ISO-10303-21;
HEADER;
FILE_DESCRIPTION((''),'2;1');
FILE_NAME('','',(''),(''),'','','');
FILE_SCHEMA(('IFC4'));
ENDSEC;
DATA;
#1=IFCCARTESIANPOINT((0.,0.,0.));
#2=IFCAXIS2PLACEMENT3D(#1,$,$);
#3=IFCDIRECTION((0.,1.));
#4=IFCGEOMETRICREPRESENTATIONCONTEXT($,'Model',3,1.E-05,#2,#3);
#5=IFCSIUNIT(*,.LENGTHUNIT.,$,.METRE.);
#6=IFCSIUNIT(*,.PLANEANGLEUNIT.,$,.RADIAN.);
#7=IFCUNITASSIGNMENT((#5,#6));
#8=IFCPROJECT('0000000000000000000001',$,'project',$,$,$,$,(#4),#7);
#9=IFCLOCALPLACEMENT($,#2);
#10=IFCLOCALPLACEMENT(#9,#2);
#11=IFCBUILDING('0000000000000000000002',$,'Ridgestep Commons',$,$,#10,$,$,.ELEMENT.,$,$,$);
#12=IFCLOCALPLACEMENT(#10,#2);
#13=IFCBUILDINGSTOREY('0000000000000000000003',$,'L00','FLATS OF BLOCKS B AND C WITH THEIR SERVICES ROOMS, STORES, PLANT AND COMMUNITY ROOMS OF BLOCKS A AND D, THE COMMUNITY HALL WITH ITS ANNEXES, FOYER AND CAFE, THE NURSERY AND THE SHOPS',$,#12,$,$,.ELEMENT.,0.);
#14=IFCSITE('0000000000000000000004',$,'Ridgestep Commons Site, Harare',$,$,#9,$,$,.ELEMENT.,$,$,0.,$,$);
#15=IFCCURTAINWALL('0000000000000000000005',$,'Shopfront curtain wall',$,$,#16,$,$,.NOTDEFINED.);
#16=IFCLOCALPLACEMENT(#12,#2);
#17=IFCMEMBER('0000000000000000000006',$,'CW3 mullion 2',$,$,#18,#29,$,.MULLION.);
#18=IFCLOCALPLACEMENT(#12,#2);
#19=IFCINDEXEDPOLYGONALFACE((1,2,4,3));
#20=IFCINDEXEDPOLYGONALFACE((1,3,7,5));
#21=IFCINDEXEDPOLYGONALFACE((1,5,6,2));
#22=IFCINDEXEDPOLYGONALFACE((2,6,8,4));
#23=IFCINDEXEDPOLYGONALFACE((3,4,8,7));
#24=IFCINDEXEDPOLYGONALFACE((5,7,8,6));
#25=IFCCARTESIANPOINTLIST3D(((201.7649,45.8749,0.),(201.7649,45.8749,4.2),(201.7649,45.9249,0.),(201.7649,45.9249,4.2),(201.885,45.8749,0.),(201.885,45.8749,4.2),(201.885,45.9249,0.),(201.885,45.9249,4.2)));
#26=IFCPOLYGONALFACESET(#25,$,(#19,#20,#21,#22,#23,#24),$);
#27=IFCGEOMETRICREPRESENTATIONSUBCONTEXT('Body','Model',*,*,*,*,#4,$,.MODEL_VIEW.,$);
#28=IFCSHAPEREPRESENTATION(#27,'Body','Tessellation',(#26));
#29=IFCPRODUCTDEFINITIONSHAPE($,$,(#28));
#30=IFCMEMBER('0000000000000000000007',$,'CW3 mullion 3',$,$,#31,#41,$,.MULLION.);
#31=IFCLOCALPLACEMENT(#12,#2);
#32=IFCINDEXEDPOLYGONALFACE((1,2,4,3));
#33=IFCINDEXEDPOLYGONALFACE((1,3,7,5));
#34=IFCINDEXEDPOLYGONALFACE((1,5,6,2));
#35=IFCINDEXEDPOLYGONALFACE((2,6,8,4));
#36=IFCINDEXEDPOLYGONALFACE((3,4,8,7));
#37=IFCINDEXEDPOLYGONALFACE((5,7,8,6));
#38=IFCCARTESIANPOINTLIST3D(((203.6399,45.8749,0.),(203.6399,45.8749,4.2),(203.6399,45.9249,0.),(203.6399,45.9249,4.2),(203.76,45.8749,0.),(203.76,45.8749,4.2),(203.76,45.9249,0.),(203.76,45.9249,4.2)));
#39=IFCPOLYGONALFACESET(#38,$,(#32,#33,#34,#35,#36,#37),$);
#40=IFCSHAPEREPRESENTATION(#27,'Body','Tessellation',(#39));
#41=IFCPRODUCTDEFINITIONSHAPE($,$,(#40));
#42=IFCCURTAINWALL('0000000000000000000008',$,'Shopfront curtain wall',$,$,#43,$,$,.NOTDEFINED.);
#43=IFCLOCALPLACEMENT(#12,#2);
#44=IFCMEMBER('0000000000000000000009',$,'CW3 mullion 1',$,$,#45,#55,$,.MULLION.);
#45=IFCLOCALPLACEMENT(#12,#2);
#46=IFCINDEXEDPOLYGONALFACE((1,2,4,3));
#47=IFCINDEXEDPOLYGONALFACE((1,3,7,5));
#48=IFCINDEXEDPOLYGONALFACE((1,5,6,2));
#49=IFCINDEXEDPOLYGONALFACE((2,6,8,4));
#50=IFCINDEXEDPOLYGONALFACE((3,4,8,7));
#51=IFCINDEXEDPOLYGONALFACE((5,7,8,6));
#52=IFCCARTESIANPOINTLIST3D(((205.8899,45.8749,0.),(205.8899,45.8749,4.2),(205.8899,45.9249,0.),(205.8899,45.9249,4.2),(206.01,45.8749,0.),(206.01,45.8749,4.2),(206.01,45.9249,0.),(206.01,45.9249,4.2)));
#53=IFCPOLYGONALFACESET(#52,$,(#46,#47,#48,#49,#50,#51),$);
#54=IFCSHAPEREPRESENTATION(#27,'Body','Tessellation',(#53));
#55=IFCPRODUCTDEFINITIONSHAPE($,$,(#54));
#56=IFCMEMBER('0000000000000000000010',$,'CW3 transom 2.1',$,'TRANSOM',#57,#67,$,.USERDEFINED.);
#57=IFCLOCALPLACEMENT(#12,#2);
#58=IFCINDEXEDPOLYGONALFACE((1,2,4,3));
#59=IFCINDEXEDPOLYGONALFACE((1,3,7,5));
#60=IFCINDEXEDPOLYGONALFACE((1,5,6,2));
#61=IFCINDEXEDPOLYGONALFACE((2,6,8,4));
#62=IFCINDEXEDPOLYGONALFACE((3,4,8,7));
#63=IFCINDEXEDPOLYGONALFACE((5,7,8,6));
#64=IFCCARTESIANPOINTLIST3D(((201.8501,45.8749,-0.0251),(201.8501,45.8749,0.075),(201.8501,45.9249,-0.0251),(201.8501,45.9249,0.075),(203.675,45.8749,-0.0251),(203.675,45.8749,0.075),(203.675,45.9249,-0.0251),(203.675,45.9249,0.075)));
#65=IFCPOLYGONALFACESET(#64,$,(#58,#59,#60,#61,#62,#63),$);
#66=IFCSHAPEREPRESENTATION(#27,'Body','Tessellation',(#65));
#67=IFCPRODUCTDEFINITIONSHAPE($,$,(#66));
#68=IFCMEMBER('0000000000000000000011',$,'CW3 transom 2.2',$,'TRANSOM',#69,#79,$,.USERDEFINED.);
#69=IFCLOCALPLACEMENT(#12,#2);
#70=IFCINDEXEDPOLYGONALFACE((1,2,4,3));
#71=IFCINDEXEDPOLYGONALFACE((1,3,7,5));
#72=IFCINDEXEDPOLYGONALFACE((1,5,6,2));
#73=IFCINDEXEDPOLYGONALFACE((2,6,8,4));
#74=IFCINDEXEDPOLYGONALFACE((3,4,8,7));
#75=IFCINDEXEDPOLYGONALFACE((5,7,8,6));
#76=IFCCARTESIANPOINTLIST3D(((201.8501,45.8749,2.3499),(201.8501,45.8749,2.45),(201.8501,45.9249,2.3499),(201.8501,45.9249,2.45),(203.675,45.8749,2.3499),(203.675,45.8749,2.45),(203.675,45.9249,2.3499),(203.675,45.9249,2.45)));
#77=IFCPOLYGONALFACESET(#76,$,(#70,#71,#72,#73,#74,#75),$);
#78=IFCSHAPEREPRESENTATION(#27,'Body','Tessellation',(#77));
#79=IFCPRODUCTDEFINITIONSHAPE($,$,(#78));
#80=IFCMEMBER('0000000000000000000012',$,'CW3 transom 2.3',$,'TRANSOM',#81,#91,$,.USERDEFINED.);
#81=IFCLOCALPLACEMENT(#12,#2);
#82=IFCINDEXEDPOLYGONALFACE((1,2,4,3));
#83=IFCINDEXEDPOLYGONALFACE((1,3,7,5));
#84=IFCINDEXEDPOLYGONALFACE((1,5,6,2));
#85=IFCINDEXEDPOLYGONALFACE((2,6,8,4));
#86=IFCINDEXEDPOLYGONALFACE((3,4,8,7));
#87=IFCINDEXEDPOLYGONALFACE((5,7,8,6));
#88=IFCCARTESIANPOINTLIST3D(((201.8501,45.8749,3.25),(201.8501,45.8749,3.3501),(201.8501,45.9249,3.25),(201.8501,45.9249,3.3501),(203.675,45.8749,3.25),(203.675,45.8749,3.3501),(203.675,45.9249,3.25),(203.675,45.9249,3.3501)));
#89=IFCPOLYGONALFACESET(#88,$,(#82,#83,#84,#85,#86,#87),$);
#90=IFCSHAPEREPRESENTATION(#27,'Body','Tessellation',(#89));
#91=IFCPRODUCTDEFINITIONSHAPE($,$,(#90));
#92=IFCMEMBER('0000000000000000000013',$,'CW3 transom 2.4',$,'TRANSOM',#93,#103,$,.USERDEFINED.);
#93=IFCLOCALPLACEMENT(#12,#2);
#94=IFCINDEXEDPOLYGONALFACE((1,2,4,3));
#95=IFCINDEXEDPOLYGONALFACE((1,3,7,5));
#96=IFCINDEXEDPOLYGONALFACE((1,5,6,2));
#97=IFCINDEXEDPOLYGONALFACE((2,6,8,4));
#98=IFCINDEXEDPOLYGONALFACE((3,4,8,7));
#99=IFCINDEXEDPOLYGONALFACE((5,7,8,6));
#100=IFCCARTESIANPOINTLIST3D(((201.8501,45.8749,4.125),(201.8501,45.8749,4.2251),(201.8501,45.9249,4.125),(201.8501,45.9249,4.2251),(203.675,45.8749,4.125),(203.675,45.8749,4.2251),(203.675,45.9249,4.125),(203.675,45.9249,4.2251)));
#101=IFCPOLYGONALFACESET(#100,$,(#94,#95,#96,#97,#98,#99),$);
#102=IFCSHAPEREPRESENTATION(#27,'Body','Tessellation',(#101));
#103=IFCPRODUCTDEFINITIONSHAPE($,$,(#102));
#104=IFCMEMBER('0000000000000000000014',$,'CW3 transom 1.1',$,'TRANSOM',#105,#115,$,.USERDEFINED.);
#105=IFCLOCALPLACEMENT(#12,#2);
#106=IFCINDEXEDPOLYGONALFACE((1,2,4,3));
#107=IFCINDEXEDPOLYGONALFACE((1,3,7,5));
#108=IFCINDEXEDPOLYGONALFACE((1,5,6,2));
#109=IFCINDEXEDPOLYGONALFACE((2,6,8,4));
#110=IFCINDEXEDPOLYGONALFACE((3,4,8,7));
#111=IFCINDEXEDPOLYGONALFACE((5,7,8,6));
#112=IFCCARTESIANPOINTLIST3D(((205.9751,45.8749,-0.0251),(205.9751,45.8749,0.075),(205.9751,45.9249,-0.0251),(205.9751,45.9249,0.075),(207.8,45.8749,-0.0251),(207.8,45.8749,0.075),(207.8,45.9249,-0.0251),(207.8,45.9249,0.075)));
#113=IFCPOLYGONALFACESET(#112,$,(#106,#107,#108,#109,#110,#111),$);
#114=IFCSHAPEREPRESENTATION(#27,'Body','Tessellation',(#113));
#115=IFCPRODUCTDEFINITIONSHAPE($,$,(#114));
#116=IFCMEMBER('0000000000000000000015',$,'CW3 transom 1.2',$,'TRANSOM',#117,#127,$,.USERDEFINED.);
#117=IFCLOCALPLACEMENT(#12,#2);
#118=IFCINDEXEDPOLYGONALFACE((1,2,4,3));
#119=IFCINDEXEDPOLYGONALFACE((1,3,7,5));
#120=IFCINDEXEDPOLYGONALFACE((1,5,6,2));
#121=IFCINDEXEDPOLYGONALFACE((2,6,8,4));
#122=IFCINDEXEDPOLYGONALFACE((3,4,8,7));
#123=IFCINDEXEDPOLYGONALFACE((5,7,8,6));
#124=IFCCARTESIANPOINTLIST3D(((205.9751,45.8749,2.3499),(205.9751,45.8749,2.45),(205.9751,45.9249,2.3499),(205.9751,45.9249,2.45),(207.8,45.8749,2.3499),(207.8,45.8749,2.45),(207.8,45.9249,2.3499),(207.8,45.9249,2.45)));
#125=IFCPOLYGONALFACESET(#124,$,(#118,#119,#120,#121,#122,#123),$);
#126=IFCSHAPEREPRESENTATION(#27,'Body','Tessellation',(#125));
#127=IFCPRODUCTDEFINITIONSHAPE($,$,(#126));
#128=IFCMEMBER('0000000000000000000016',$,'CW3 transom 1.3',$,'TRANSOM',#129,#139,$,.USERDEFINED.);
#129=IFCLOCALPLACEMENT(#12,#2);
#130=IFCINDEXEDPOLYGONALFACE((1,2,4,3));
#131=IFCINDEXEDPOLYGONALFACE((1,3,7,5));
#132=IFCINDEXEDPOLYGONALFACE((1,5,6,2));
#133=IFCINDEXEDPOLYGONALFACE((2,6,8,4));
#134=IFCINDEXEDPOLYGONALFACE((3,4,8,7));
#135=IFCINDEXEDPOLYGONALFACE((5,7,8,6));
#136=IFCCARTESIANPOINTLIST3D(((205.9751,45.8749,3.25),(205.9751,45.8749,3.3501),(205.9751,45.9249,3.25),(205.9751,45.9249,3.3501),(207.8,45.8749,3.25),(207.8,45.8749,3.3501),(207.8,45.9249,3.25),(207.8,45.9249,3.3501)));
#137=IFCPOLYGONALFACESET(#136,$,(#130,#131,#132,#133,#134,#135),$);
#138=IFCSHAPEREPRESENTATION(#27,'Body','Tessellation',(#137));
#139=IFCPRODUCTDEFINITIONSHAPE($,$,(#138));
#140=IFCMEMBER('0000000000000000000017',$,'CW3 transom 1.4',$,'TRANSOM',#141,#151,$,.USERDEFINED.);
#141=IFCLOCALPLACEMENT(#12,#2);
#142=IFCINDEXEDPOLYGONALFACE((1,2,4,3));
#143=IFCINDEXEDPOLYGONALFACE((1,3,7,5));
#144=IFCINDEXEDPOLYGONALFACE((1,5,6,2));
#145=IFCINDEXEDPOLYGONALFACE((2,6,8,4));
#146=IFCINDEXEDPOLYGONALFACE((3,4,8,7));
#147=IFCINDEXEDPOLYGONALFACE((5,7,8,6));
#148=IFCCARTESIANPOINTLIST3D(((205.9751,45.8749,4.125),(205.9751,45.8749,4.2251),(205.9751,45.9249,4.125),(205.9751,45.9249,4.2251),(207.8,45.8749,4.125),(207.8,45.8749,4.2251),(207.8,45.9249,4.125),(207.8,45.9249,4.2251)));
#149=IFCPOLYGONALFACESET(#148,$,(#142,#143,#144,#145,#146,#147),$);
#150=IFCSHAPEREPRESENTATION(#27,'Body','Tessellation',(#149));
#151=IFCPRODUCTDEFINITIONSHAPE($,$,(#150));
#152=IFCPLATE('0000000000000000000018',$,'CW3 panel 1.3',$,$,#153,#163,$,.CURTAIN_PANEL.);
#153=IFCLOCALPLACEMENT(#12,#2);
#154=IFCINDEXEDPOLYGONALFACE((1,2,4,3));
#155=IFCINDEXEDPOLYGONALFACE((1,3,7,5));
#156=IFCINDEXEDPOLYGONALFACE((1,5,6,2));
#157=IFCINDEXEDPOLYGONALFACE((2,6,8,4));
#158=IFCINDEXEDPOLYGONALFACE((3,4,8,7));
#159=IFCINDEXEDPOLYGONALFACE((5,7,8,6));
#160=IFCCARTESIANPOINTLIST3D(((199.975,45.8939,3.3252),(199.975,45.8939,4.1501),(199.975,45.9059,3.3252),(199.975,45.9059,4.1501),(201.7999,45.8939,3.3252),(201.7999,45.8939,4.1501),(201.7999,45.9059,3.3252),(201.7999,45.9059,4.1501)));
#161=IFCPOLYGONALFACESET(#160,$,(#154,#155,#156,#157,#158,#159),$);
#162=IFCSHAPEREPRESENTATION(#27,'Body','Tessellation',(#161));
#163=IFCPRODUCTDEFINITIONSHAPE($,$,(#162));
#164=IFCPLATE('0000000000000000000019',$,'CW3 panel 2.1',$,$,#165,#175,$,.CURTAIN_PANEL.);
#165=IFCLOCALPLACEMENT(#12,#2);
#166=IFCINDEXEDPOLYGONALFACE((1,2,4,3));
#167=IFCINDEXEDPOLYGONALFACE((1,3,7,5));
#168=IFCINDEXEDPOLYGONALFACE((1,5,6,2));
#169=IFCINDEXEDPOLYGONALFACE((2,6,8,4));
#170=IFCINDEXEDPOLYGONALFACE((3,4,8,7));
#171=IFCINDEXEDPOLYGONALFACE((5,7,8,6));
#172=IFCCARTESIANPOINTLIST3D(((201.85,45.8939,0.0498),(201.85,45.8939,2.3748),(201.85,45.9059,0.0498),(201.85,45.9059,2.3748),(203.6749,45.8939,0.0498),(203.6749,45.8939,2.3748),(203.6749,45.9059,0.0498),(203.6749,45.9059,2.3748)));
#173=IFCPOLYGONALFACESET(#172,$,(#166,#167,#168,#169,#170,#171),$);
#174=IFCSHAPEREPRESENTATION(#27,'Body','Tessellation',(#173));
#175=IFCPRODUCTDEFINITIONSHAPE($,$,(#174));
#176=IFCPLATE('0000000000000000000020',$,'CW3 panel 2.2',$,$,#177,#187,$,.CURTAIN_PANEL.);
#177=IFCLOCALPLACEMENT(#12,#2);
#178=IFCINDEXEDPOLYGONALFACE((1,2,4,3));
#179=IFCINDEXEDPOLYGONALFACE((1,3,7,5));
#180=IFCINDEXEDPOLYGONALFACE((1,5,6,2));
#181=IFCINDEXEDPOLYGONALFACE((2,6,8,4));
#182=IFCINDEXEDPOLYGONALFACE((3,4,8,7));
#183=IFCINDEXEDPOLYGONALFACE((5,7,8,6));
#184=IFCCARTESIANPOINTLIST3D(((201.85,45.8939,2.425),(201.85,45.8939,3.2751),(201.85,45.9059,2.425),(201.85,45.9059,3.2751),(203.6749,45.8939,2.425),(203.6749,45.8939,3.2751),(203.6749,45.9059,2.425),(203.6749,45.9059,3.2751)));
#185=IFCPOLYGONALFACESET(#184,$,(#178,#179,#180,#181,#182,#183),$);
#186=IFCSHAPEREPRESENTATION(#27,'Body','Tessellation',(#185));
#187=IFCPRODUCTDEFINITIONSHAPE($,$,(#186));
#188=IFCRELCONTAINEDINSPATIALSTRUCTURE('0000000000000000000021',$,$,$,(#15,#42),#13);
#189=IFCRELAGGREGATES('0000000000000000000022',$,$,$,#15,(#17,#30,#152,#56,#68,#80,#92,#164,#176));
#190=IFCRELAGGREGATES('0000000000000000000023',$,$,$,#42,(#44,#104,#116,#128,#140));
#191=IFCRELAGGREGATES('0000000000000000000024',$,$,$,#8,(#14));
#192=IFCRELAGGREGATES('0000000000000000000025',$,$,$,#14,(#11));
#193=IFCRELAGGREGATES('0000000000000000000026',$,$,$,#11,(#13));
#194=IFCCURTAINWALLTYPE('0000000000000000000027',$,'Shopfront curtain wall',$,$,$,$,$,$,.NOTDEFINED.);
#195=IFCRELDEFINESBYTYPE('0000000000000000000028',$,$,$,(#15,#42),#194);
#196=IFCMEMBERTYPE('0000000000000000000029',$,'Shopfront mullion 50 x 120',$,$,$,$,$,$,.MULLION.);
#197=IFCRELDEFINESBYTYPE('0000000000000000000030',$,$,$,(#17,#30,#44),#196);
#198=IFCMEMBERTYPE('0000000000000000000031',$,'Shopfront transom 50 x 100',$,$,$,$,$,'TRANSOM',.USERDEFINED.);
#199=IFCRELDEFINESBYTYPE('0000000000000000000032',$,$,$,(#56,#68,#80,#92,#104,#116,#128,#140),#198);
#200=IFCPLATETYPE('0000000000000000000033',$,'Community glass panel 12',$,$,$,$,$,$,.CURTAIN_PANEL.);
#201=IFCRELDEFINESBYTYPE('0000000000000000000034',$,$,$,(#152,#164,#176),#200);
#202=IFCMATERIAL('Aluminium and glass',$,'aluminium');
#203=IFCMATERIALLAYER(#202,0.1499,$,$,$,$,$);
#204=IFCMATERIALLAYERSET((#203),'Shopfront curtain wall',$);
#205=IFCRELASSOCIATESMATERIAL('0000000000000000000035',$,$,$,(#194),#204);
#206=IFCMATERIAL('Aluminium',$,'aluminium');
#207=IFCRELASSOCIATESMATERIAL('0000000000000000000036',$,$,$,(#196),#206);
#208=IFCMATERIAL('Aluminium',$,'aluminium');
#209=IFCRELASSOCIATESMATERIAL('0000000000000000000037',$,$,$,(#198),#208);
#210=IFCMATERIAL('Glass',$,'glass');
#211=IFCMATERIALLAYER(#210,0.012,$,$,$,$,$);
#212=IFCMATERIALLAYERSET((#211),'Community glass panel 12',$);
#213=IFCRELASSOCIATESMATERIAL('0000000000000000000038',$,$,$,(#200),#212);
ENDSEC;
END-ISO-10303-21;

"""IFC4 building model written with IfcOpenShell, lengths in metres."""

from ifc_helpers import new_model, si_unit, direction, frame, origin, origin_2d, place, context, subcontext, project, spatial, rectangle, extrude, material, layer, layer_set, material_profile, profile_set, type_object, element, aggregate, save


model = new_model("IFC4")

# Units and contexts
model_context = context("Model", 3, precision=1e-05, world=origin(), true_north=direction((0.0, 1.0)))
body_context = subcontext(model_context, "Body", "Model", "MODEL_VIEW")
ifc_project = project(units=[si_unit("LENGTHUNIT", "METRE"), si_unit("PLANEANGLEUNIT", "RADIAN")], contexts=[model_context])

# Site, building, storey
site_placement = place(None, origin())
site = spatial("IfcSite", under=ifc_project, at=site_placement, Name="Ridgestep Commons Site, Harare", CompositionType="ELEMENT", RefElevation=0.0)
building_placement = place(site_placement, origin())
building = spatial("IfcBuilding", under=site, at=building_placement, Name="Ridgestep Commons", CompositionType="ELEMENT")
storey_placement = place(building_placement, origin())
storey = spatial("IfcBuildingStorey", under=building, at=storey_placement, Name="L00", Description="FLATS OF BLOCKS B AND C WITH THEIR SERVICES ROOMS, STORES, PLANT AND COMMUNITY ROOMS OF BLOCKS A AND D, THE COMMUNITY HALL WITH ITS ANNEXES, FOYER AND CAFE, THE NURSERY AND THE SHOPS", CompositionType="ELEMENT", Elevation=0.0)

# Curtain wall, members
ifc_material_1 = material(Name="Aluminium and glass", Category="aluminium")
ifc_layer_1 = layer(ifc_material_1, 0.1499)
ifc_layer_set_1 = layer_set([ifc_layer_1], Name="Shopfront curtain wall")
curtain_wall_type = type_object("IfcCurtainWallType", Name="Shopfront curtain wall", PredefinedType="NOTDEFINED", material=ifc_layer_set_1)
curtain_wall_1_placement = place(storey_placement, origin())
curtain_wall_1 = element("IfcCurtainWall", 1, at=curtain_wall_1_placement, inside=storey, type_object=curtain_wall_type, Name="Shopfront curtain wall", PredefinedType="NOTDEFINED")
ifc_material_2 = material(Name="Aluminium", Category="aluminium")
ifc_material_profile_1 = material_profile(ifc_material_2, rectangle(XDim=0.05, YDim=0.1201, at=origin_2d()), Name="Shopfront mullion 50 x 120")
ifc_profile_set_1 = profile_set([ifc_material_profile_1], Name="Aluminium")
member_type_1 = type_object("IfcMemberType", Name="Shopfront mullion 50 x 120", PredefinedType="MULLION", material=ifc_profile_set_1)
member_1_placement = place(storey_placement, frame((201.825, 45.8999, 0.0), z_axis=(0.0, 0.0, 1.0), x_axis=(0.0, 1.0, 0.0)))
member_1 = element("IfcMember", 2, at=member_1_placement, type_object=member_type_1, Name="CW3 mullion 2", PredefinedType="MULLION", context=body_context, shape_type="SweptSolid", body=[
    extrude(rectangle(XDim=0.05, YDim=0.1201, at=origin_2d()), origin(), (0.0, 0.0, 1.0), 4.2),
])
member_2_placement = place(storey_placement, frame((203.7, 45.8999, 0.0), z_axis=(0.0, 0.0, 1.0), x_axis=(0.0, 1.0, 0.0)))
member_2 = element("IfcMember", 3, at=member_2_placement, type_object=member_type_1, Name="CW3 mullion 3", PredefinedType="MULLION", context=body_context, shape_type="SweptSolid", body=[
    extrude(rectangle(XDim=0.05, YDim=0.1201, at=origin_2d()), origin(), (0.0, 0.0, 1.0), 4.2),
])

# Curtain wall, member
curtain_wall_2_placement = place(storey_placement, origin())
curtain_wall_2 = element("IfcCurtainWall", 4, at=curtain_wall_2_placement, inside=storey, type_object=curtain_wall_type, Name="Shopfront curtain wall", PredefinedType="NOTDEFINED")
member_3_placement = place(storey_placement, frame((205.95, 45.8999, 0.0), z_axis=(0.0, 0.0, 1.0), x_axis=(0.0, 1.0, 0.0)))
member_3 = element("IfcMember", 5, at=member_3_placement, type_object=member_type_1, Name="CW3 mullion 1", PredefinedType="MULLION", context=body_context, shape_type="SweptSolid", body=[
    extrude(rectangle(XDim=0.05, YDim=0.1201, at=origin_2d()), origin(), (0.0, 0.0, 1.0), 4.2),
])

# Members
ifc_material_3 = material(Name="Aluminium", Category="aluminium")
ifc_material_profile_2 = material_profile(ifc_material_3, rectangle(XDim=0.05, YDim=0.1001, at=origin_2d()), Name="Shopfront transom 50 x 100")
ifc_profile_set_2 = profile_set([ifc_material_profile_2], Name="Aluminium")
member_type_2 = type_object("IfcMemberType", Name="Shopfront transom 50 x 100", ElementType="TRANSOM", PredefinedType="USERDEFINED", material=ifc_profile_set_2)
member_4_placement = place(storey_placement, frame((201.8501, 45.8999, 0.0249), z_axis=(1.0, 0.0, 0.0), x_axis=(0.0, 1.0, 0.0)))
member_4 = element("IfcMember", 6, at=member_4_placement, type_object=member_type_2, Name="CW3 transom 2.1", ObjectType="TRANSOM", PredefinedType="USERDEFINED", context=body_context, shape_type="SweptSolid", body=[
    extrude(rectangle(XDim=0.05, YDim=0.1001, at=origin_2d()), origin(), (0.0, 0.0, 1.0), 1.825),
])
member_5_placement = place(storey_placement, frame((201.8501, 45.8999, 2.3999), z_axis=(1.0, 0.0, 0.0), x_axis=(0.0, 1.0, 0.0)))
member_5 = element("IfcMember", 7, at=member_5_placement, type_object=member_type_2, Name="CW3 transom 2.2", ObjectType="TRANSOM", PredefinedType="USERDEFINED", context=body_context, shape_type="SweptSolid", body=[
    extrude(rectangle(XDim=0.05, YDim=0.1001, at=origin_2d()), origin(), (0.0, 0.0, 1.0), 1.825),
])
member_6_placement = place(storey_placement, frame((201.8501, 45.8999, 3.3), z_axis=(1.0, 0.0, 0.0), x_axis=(0.0, 1.0, 0.0)))
member_6 = element("IfcMember", 8, at=member_6_placement, type_object=member_type_2, Name="CW3 transom 2.3", ObjectType="TRANSOM", PredefinedType="USERDEFINED", context=body_context, shape_type="SweptSolid", body=[
    extrude(rectangle(XDim=0.05, YDim=0.1001, at=origin_2d()), origin(), (0.0, 0.0, 1.0), 1.825),
])
member_7_placement = place(storey_placement, frame((201.8501, 45.8999, 4.175), z_axis=(1.0, 0.0, 0.0), x_axis=(0.0, 1.0, 0.0)))
member_7 = element("IfcMember", 9, at=member_7_placement, type_object=member_type_2, Name="CW3 transom 2.4", ObjectType="TRANSOM", PredefinedType="USERDEFINED", context=body_context, shape_type="SweptSolid", body=[
    extrude(rectangle(XDim=0.05, YDim=0.1001, at=origin_2d()), origin(), (0.0, 0.0, 1.0), 1.825),
])
member_8_placement = place(storey_placement, frame((205.9751, 45.8999, 0.0249), z_axis=(1.0, 0.0, 0.0), x_axis=(0.0, 1.0, 0.0)))
member_8 = element("IfcMember", 10, at=member_8_placement, type_object=member_type_2, Name="CW3 transom 1.1", ObjectType="TRANSOM", PredefinedType="USERDEFINED", context=body_context, shape_type="SweptSolid", body=[
    extrude(rectangle(XDim=0.05, YDim=0.1001, at=origin_2d()), origin(), (0.0, 0.0, 1.0), 1.825),
])
member_9_placement = place(storey_placement, frame((205.9751, 45.8999, 2.3999), z_axis=(1.0, 0.0, 0.0), x_axis=(0.0, 1.0, 0.0)))
member_9 = element("IfcMember", 11, at=member_9_placement, type_object=member_type_2, Name="CW3 transom 1.2", ObjectType="TRANSOM", PredefinedType="USERDEFINED", context=body_context, shape_type="SweptSolid", body=[
    extrude(rectangle(XDim=0.05, YDim=0.1001, at=origin_2d()), origin(), (0.0, 0.0, 1.0), 1.825),
])
member_10_placement = place(storey_placement, frame((205.9751, 45.8999, 3.3), z_axis=(1.0, 0.0, 0.0), x_axis=(0.0, 1.0, 0.0)))
member_10 = element("IfcMember", 12, at=member_10_placement, type_object=member_type_2, Name="CW3 transom 1.3", ObjectType="TRANSOM", PredefinedType="USERDEFINED", context=body_context, shape_type="SweptSolid", body=[
    extrude(rectangle(XDim=0.05, YDim=0.1001, at=origin_2d()), origin(), (0.0, 0.0, 1.0), 1.825),
])
member_11_placement = place(storey_placement, frame((205.9751, 45.8999, 4.175), z_axis=(1.0, 0.0, 0.0), x_axis=(0.0, 1.0, 0.0)))
member_11 = element("IfcMember", 13, at=member_11_placement, type_object=member_type_2, Name="CW3 transom 1.4", ObjectType="TRANSOM", PredefinedType="USERDEFINED", context=body_context, shape_type="SweptSolid", body=[
    extrude(rectangle(XDim=0.05, YDim=0.1001, at=origin_2d()), origin(), (0.0, 0.0, 1.0), 1.825),
])

# Plates
ifc_material_4 = material(Name="Glass", Category="glass")
ifc_layer_2 = layer(ifc_material_4, 0.012)
ifc_layer_set_2 = layer_set([ifc_layer_2], Name="Community glass panel 12")
plate_type = type_object("IfcPlateType", Name="Community glass panel 12", PredefinedType="CURTAIN_PANEL", material=ifc_layer_set_2)
plate_1_placement = place(storey_placement, frame((200.8875, 45.8999, 3.3252), z_axis=(0.0, 0.0, 1.0), x_axis=(1.0, 0.0, 0.0)))
plate_1 = element("IfcPlate", 14, at=plate_1_placement, type_object=plate_type, Name="CW3 panel 1.3", PredefinedType="CURTAIN_PANEL", context=body_context, shape_type="SweptSolid", body=[
    extrude(rectangle(XDim=1.825, YDim=0.012, at=origin_2d()), origin(), (0.0, 0.0, 1.0), 0.825),
])
plate_2_placement = place(storey_placement, frame((202.7625, 45.8999, 0.0498), z_axis=(0.0, 0.0, 1.0), x_axis=(1.0, 0.0, 0.0)))
plate_2 = element("IfcPlate", 15, at=plate_2_placement, type_object=plate_type, Name="CW3 panel 2.1", PredefinedType="CURTAIN_PANEL", context=body_context, shape_type="SweptSolid", body=[
    extrude(rectangle(XDim=1.825, YDim=0.012, at=origin_2d()), origin(), (0.0, 0.0, 1.0), 2.325),
])
plate_3_placement = place(storey_placement, frame((202.7625, 45.8999, 2.425), z_axis=(0.0, 0.0, 1.0), x_axis=(1.0, 0.0, 0.0)))
plate_3 = element("IfcPlate", 16, at=plate_3_placement, type_object=plate_type, Name="CW3 panel 2.2", PredefinedType="CURTAIN_PANEL", context=body_context, shape_type="SweptSolid", body=[
    extrude(rectangle(XDim=1.825, YDim=0.012, at=origin_2d()), origin(), (0.0, 0.0, 1.0), 0.8501),
])
aggregate(curtain_wall_1, [member_1, member_2, plate_1, member_4, member_5, member_6, member_7, plate_2, plate_3])
aggregate(curtain_wall_2, [member_3, member_8, member_9, member_10, member_11])

save(model, "model.ifc")
